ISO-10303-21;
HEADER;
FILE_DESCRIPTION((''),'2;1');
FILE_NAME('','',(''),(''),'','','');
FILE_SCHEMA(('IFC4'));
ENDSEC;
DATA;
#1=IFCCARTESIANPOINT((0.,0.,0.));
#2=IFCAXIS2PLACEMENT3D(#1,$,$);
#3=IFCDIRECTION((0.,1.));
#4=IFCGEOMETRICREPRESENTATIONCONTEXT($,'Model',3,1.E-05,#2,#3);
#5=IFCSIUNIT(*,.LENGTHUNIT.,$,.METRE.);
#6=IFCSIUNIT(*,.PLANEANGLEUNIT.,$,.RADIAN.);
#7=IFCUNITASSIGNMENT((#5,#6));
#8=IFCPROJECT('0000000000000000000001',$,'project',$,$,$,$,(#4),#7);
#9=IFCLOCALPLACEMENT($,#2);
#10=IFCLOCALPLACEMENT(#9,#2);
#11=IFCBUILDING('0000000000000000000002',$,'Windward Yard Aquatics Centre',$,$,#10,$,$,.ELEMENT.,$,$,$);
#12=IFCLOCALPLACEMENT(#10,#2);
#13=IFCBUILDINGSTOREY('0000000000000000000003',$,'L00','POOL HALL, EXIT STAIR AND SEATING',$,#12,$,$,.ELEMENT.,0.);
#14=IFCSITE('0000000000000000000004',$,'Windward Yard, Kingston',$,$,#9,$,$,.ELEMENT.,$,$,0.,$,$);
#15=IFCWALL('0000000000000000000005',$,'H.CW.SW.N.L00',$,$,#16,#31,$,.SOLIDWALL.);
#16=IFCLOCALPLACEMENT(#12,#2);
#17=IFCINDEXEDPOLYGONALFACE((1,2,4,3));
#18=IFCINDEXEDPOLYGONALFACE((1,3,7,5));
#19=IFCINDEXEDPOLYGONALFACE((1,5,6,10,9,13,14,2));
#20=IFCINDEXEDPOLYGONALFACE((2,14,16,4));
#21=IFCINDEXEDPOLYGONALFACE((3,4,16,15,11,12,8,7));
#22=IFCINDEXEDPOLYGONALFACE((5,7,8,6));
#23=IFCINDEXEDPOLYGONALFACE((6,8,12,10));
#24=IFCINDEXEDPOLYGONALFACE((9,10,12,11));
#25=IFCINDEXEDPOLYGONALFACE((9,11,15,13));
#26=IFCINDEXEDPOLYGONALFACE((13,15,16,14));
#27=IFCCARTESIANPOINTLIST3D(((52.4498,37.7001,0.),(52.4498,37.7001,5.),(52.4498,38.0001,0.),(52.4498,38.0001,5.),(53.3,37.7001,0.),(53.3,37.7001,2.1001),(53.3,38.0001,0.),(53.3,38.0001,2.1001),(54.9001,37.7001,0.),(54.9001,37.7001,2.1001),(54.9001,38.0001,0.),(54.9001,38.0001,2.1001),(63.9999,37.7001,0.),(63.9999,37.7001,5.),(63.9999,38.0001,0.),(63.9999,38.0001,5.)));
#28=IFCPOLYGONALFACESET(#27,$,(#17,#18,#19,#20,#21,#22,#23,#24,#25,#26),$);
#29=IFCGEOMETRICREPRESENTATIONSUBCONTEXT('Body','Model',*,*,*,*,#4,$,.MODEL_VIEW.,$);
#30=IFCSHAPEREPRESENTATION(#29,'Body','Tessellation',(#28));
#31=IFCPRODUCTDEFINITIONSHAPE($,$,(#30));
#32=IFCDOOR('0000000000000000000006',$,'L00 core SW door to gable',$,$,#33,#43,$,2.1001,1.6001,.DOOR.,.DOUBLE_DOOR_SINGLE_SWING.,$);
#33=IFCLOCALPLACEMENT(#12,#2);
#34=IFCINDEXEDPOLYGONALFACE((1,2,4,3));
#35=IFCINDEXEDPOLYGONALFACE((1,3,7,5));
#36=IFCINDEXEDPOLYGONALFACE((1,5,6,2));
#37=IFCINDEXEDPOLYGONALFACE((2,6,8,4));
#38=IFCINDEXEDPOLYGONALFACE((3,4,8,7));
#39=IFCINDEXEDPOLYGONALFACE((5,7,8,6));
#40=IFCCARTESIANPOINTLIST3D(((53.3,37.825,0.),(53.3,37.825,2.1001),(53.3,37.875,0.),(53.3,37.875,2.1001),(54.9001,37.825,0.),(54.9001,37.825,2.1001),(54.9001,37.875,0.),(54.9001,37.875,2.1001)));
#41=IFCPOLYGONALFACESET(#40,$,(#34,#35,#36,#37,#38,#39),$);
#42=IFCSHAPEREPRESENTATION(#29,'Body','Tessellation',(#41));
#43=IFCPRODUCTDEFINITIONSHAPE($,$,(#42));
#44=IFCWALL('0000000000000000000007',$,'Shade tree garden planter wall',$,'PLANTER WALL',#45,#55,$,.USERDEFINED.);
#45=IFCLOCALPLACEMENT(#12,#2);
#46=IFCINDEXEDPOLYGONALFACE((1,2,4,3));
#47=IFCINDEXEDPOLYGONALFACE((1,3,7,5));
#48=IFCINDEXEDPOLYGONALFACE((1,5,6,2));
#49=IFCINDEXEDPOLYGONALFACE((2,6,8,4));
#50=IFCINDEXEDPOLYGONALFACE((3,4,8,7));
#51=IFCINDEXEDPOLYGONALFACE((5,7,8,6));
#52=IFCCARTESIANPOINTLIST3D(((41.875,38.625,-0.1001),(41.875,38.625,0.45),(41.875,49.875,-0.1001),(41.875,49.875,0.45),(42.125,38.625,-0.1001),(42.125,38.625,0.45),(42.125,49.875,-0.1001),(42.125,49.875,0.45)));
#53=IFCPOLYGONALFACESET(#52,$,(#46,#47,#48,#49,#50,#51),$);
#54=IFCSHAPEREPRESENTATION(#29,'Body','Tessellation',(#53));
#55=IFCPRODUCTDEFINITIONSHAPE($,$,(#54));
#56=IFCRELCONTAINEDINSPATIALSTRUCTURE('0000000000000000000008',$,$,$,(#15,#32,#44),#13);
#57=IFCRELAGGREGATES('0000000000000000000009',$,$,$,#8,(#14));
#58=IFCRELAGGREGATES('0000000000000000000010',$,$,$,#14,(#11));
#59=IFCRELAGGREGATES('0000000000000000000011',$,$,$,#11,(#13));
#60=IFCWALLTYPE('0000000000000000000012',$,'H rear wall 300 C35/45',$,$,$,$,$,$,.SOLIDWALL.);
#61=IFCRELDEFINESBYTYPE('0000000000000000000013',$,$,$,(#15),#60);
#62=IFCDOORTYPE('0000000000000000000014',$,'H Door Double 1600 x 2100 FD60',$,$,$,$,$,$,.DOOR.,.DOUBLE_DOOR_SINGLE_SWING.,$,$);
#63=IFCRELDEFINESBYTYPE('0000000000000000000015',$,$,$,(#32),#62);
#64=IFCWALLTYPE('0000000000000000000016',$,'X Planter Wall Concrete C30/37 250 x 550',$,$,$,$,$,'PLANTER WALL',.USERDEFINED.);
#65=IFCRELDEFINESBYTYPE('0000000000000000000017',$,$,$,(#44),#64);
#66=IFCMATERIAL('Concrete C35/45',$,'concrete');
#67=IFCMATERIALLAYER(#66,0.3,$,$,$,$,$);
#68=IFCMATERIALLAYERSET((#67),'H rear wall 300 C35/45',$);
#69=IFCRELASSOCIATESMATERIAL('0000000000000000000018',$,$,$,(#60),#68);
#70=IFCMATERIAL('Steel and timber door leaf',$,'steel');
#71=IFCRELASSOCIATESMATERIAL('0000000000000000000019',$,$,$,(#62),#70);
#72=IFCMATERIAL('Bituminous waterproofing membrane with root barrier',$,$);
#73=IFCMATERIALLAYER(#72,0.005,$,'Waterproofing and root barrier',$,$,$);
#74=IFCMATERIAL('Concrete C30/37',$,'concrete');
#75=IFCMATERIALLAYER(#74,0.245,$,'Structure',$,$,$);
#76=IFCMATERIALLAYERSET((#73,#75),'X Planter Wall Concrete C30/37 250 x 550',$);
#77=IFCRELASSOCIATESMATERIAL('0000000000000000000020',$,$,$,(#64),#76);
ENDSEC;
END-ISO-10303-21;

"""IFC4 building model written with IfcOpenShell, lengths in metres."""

from ifc_helpers import new_model, si_unit, direction, frame, frame_2d, origin, place, context, subcontext, project, spatial, rectangle, extrude, material, layer, layer_set, type_object, element, fill, save


model = new_model("IFC4")

# Units and contexts
model_context = context("Model", 3, precision=1e-05, world=origin(), true_north=direction((0.0, 1.0)))
body_context = subcontext(model_context, "Body", "Model", "MODEL_VIEW")
ifc_project = project(units=[si_unit("LENGTHUNIT", "METRE"), si_unit("PLANEANGLEUNIT", "RADIAN")], contexts=[model_context])

# Site, building, storey
site_placement = place(None, origin())
site = spatial("IfcSite", under=ifc_project, at=site_placement, Name="Windward Yard, Kingston", CompositionType="ELEMENT", RefElevation=0.0)
building_placement = place(site_placement, origin())
building = spatial("IfcBuilding", under=site, at=building_placement, Name="Windward Yard Aquatics Centre", CompositionType="ELEMENT")
storey_placement = place(building_placement, origin())
storey = spatial("IfcBuildingStorey", under=building, at=storey_placement, Name="L00", Description="POOL HALL, EXIT STAIR AND SEATING", CompositionType="ELEMENT", Elevation=0.0)

# Shared definitions
ifc_material_1 = material(Name="Concrete C35/45", Category="concrete")

# Shared definitions
ifc_layer_1 = layer(ifc_material_1, 0.3)
ifc_layer_set_1 = layer_set([ifc_layer_1], Name="H rear wall 300 C35/45")
wall_type_1 = type_object("IfcWallType", Name="H rear wall 300 C35/45", PredefinedType="SOLIDWALL", material=ifc_layer_set_1)

# Wall, opening, door
wall_1_placement = place(storey_placement, frame((52.45, 37.8501, 0.0), z_axis=(0.0, 0.0, 1.0), x_axis=(1.0, 0.0, 0.0)))
wall_1 = element("IfcWall", 1, at=wall_1_placement, inside=storey, type_object=wall_type_1, Name="H.CW.SW.N.L00", PredefinedType="SOLIDWALL", context=body_context, shape_type="SweptSolid", body=[
    extrude(rectangle(XDim=11.55, YDim=0.3, at=frame_2d((5.7749, 0.0))), origin(), (0.0, 0.0, 1.0), 5.0),
])
opening_1_placement = place(wall_1_placement, frame((0.8501, 0.0, 0.0)))
opening_1 = element("IfcOpeningElement", 2, at=opening_1_placement, cuts=wall_1, PredefinedType="OPENING", context=body_context, shape_type="SweptSolid", body=[
    extrude(rectangle(XDim=1.6001, YDim=2.1001, at=frame_2d((0.8, 1.05))), frame((0.0, 0.1602, 0.0), z_axis=(0.0, -1.0, 0.0), x_axis=(1.0, 0.0, 0.0)), (0.0, 0.0, 1.0), 0.3201),
])
ifc_material_2 = material(Name="Steel and timber door leaf", Category="steel")
door_type_1 = type_object("IfcDoorType", Name="H Door Double 1600 x 2100 FD60", OperationType="DOUBLE_DOOR_SINGLE_SWING", PredefinedType="DOOR", material=ifc_material_2)
door_1_placement = place(opening_1_placement, origin())
door_1 = element("IfcDoor", 3, at=door_1_placement, inside=storey, type_object=door_type_1, Name="L00 core SW door to gable", OperationType="DOUBLE_DOOR_SINGLE_SWING", OverallHeight=2.1001, OverallWidth=1.6001, PredefinedType="DOOR", context=body_context, shape_type="SweptSolid", body=[
    extrude(rectangle(XDim=1.6001, YDim=2.1001, at=frame_2d((0.8, 1.05))), frame((0.0, 0.0249, 0.0), z_axis=(0.0, -1.0, 0.0), x_axis=(1.0, 0.0, 0.0)), (0.0, 0.0, 1.0), 0.05),
])
fill(opening_1, door_1)

# Wall
ifc_material_3 = material(Name="Bituminous waterproofing membrane with root barrier")
ifc_layer_2 = layer(ifc_material_3, 0.005, Name="Waterproofing and root barrier")
ifc_material_4 = material(Name="Concrete C30/37", Category="concrete")
ifc_layer_3 = layer(ifc_material_4, 0.245, Name="Structure")
ifc_layer_set_2 = layer_set([ifc_layer_2, ifc_layer_3], Name="X Planter Wall Concrete C30/37 250 x 550")
wall_type_2 = type_object("IfcWallType", Name="X Planter Wall Concrete C30/37 250 x 550", ElementType="PLANTER WALL", PredefinedType="USERDEFINED", material=ifc_layer_set_2)
wall_2_placement = place(storey_placement, frame((42.0, 38.625, -0.1001), z_axis=(0.0, 0.0, 1.0), x_axis=(0.0, 1.0, 0.0)))
element("IfcWall", 4, at=wall_2_placement, inside=storey, type_object=wall_type_2, Name="Shade tree garden planter wall", ObjectType="PLANTER WALL", PredefinedType="USERDEFINED", context=body_context, shape_type="SweptSolid", body=[
    extrude(rectangle(XDim=11.25, YDim=0.25, at=frame_2d((5.625, 0.0))), origin(), (0.0, 0.0, 1.0), 0.55),
])

save(model, "model.ifc")
